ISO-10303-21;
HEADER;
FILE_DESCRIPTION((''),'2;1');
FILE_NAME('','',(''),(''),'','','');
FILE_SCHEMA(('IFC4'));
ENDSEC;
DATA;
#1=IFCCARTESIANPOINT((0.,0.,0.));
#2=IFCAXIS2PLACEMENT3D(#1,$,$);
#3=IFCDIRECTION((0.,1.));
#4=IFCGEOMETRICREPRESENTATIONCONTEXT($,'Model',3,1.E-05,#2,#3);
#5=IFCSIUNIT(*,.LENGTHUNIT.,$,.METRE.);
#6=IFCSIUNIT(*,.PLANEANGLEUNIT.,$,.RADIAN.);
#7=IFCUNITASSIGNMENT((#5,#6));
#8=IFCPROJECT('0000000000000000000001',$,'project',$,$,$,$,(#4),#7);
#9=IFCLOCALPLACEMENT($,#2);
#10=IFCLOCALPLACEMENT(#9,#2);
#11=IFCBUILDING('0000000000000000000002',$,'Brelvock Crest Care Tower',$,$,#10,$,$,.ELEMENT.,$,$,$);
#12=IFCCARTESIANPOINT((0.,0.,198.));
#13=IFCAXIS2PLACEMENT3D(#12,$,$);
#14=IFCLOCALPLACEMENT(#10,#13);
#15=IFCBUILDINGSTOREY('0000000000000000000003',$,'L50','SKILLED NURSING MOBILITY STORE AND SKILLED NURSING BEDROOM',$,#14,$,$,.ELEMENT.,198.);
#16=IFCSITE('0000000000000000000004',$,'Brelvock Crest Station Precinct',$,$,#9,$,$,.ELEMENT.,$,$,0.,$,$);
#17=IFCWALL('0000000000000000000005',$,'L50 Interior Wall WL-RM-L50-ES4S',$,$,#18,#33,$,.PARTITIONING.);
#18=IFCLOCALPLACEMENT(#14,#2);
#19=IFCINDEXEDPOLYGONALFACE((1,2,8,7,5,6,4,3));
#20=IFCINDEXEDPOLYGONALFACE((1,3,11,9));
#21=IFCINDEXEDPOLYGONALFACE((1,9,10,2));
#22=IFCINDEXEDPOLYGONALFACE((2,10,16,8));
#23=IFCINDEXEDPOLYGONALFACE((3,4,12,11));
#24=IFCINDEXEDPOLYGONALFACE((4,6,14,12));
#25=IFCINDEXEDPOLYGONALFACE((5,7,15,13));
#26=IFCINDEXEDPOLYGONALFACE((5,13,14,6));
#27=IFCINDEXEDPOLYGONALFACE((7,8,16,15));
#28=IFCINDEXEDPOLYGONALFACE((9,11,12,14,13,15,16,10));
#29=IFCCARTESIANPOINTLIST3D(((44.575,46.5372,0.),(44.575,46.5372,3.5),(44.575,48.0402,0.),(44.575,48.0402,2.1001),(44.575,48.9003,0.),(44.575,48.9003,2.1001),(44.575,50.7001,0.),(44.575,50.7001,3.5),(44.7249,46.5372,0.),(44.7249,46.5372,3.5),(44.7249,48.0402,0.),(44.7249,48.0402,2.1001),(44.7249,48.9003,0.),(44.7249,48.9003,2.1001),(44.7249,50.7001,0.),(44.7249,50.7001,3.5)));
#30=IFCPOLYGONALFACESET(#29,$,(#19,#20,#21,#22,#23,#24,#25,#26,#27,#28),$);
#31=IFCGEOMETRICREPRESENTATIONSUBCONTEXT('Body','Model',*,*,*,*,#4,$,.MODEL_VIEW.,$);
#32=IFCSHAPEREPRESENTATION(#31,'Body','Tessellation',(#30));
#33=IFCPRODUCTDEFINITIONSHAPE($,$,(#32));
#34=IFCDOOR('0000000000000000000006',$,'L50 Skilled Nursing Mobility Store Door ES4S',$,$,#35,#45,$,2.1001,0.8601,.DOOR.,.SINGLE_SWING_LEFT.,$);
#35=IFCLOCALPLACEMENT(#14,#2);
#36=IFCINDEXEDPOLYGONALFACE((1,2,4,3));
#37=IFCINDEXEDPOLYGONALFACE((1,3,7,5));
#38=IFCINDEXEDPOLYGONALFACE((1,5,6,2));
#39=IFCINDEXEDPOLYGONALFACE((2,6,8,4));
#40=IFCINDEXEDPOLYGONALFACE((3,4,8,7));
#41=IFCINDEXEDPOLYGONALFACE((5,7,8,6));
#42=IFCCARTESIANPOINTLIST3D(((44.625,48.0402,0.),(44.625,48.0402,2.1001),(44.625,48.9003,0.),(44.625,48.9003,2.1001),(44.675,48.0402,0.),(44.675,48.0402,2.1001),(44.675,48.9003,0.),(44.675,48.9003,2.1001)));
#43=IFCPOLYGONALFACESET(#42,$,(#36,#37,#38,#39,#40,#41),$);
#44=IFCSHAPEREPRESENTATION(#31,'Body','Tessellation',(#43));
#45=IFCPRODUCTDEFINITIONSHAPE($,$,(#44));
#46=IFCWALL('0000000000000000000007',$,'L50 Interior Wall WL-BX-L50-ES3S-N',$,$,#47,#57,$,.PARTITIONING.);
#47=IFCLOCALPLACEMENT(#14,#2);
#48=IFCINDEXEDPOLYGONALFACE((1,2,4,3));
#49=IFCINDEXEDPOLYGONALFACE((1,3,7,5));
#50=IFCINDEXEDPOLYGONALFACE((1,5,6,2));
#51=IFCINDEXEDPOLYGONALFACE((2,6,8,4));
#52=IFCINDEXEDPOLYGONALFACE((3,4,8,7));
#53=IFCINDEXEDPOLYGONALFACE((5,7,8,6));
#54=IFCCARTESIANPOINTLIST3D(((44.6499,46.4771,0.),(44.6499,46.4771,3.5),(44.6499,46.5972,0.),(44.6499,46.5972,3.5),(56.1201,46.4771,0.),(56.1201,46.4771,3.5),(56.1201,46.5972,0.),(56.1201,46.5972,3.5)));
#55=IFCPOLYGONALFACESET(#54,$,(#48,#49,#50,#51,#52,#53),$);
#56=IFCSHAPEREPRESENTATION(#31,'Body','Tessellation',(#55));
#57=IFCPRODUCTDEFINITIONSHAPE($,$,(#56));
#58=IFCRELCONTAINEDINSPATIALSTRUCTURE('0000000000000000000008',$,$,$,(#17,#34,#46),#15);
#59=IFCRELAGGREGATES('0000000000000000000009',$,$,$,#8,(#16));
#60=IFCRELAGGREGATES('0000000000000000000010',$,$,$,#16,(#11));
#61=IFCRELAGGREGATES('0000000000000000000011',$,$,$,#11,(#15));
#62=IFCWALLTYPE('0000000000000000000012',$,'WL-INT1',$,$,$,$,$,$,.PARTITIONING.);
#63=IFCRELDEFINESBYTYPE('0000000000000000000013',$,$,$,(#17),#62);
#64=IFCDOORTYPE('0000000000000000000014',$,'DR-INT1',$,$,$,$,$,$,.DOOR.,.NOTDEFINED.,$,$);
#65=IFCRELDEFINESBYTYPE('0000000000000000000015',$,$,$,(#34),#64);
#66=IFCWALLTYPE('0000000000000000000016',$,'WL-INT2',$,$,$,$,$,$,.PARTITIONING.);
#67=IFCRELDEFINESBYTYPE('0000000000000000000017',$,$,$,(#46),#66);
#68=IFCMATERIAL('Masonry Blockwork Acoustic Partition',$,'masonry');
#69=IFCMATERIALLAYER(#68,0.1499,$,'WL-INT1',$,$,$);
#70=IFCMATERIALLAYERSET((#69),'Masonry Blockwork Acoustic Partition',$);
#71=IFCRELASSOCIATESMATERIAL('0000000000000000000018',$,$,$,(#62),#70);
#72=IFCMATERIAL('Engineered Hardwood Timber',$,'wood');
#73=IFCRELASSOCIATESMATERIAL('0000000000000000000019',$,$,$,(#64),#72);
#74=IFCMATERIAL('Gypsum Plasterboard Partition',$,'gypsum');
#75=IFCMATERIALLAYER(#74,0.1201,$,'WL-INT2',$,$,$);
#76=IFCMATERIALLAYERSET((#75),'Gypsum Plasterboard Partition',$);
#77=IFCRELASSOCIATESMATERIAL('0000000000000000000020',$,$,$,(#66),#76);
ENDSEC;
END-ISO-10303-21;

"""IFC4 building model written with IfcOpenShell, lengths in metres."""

from ifc_helpers import new_model, si_unit, direction, frame, frame_2d, origin, origin_2d, place, context, subcontext, project, spatial, rectangle, extrude, source, transform, mapped, material, layer, layer_set, type_object, element, fill, save


model = new_model("IFC4")

# Units and contexts
model_context = context("Model", 3, precision=1e-05, world=origin(), true_north=direction((0.0, 1.0)))
body_context = subcontext(model_context, "Body", "Model", "MODEL_VIEW")
ifc_project = project(units=[si_unit("LENGTHUNIT", "METRE"), si_unit("PLANEANGLEUNIT", "RADIAN")], contexts=[model_context])

# Site, building, storey
site_placement = place(None, origin())
site = spatial("IfcSite", under=ifc_project, at=site_placement, Name="Brelvock Crest Station Precinct", CompositionType="ELEMENT", RefElevation=0.0)
building_placement = place(site_placement, origin())
building = spatial("IfcBuilding", under=site, at=building_placement, Name="Brelvock Crest Care Tower", CompositionType="ELEMENT")
storey_placement = place(building_placement, frame((0.0, 0.0, 198.0)))
storey = spatial("IfcBuildingStorey", under=building, at=storey_placement, Name="L50", Description="SKILLED NURSING MOBILITY STORE AND SKILLED NURSING BEDROOM", CompositionType="ELEMENT", Elevation=198.0)

# Wall, opening, door
ifc_material_1 = material(Name="Masonry Blockwork Acoustic Partition", Category="masonry")
ifc_layer_1 = layer(ifc_material_1, 0.1499, Name="WL-INT1")
ifc_layer_set_1 = layer_set([ifc_layer_1], Name="Masonry Blockwork Acoustic Partition")
wall_type_1 = type_object("IfcWallType", Name="WL-INT1", PredefinedType="PARTITIONING", material=ifc_layer_set_1)
ifc_material_2 = material(Name="Engineered Hardwood Timber", Category="wood")
door_type_1 = type_object("IfcDoorType", Name="DR-INT1", OperationType="NOTDEFINED", PredefinedType="DOOR", material=ifc_material_2)
shared_shape_1 = source(origin(), body_context, "Body", "SweptSolid", [
    extrude(rectangle(XDim=0.8601, YDim=2.1001, at=origin_2d()), frame((0.4302, 0.0249, 1.05), z_axis=(0.0, -1.0, 0.0), x_axis=(1.0, 0.0, 0.0)), (0.0, 0.0, 1.0), 0.05),
])
wall_1_placement = place(storey_placement, frame((44.6499, 46.5371, 0.0), z_axis=(0.0, 0.0, 1.0), x_axis=(0.0, 1.0, 0.0)))
wall_1 = element("IfcWall", 1, at=wall_1_placement, inside=storey, type_object=wall_type_1, Name="L50 Interior Wall WL-RM-L50-ES4S", PredefinedType="PARTITIONING", context=body_context, shape_type="SweptSolid", body=[
    extrude(rectangle(XDim=4.1628, YDim=0.1499, at=frame_2d((2.0815, 0.0))), origin(), (0.0, 0.0, 1.0), 3.5),
])
opening_1_placement = place(wall_1_placement, frame((1.5029, 0.0, 0.0)))
opening_1 = element("IfcOpeningElement", 2, at=opening_1_placement, cuts=wall_1, PredefinedType="OPENING", context=body_context, shape_type="SweptSolid", body=[
    extrude(rectangle(XDim=0.8601, YDim=2.1001, at=origin_2d()), frame((0.4302, 0.085, 1.05), z_axis=(0.0, -1.0, 0.0), x_axis=(1.0, 0.0, 0.0)), (0.0, 0.0, 1.0), 0.1699),
])
door_1_placement = place(opening_1_placement, origin())
door_1 = element("IfcDoor", 3, at=door_1_placement, inside=storey, type_object=door_type_1, Name="L50 Skilled Nursing Mobility Store Door ES4S", OperationType="SINGLE_SWING_LEFT", OverallHeight=2.1001, OverallWidth=0.8601, PredefinedType="DOOR", context=body_context, shape_type="MappedRepresentation", body=[
    mapped(shared_shape_1, transform((0.0, 0.0, 0.0), x_axis=(1.0, 0.0, 0.0), y_axis=(0.0, 1.0, 0.0), z_axis=(0.0, 0.0, 1.0), scale=1.0)),
])
fill(opening_1, door_1)

# Wall
ifc_material_3 = material(Name="Gypsum Plasterboard Partition", Category="gypsum")
ifc_layer_2 = layer(ifc_material_3, 0.1201, Name="WL-INT2")
ifc_layer_set_2 = layer_set([ifc_layer_2], Name="Gypsum Plasterboard Partition")
wall_type_2 = type_object("IfcWallType", Name="WL-INT2", PredefinedType="PARTITIONING", material=ifc_layer_set_2)
wall_2_placement = place(storey_placement, frame((44.6499, 46.5371, 0.0), z_axis=(0.0, 0.0, 1.0), x_axis=(1.0, 0.0, 0.0)))
element("IfcWall", 4, at=wall_2_placement, inside=storey, type_object=wall_type_2, Name="L50 Interior Wall WL-BX-L50-ES3S-N", PredefinedType="PARTITIONING", context=body_context, shape_type="SweptSolid", body=[
    extrude(rectangle(XDim=11.4702, YDim=0.1201, at=frame_2d((5.7351, 0.0))), origin(), (0.0, 0.0, 1.0), 3.5),
])

save(model, "model.ifc")
